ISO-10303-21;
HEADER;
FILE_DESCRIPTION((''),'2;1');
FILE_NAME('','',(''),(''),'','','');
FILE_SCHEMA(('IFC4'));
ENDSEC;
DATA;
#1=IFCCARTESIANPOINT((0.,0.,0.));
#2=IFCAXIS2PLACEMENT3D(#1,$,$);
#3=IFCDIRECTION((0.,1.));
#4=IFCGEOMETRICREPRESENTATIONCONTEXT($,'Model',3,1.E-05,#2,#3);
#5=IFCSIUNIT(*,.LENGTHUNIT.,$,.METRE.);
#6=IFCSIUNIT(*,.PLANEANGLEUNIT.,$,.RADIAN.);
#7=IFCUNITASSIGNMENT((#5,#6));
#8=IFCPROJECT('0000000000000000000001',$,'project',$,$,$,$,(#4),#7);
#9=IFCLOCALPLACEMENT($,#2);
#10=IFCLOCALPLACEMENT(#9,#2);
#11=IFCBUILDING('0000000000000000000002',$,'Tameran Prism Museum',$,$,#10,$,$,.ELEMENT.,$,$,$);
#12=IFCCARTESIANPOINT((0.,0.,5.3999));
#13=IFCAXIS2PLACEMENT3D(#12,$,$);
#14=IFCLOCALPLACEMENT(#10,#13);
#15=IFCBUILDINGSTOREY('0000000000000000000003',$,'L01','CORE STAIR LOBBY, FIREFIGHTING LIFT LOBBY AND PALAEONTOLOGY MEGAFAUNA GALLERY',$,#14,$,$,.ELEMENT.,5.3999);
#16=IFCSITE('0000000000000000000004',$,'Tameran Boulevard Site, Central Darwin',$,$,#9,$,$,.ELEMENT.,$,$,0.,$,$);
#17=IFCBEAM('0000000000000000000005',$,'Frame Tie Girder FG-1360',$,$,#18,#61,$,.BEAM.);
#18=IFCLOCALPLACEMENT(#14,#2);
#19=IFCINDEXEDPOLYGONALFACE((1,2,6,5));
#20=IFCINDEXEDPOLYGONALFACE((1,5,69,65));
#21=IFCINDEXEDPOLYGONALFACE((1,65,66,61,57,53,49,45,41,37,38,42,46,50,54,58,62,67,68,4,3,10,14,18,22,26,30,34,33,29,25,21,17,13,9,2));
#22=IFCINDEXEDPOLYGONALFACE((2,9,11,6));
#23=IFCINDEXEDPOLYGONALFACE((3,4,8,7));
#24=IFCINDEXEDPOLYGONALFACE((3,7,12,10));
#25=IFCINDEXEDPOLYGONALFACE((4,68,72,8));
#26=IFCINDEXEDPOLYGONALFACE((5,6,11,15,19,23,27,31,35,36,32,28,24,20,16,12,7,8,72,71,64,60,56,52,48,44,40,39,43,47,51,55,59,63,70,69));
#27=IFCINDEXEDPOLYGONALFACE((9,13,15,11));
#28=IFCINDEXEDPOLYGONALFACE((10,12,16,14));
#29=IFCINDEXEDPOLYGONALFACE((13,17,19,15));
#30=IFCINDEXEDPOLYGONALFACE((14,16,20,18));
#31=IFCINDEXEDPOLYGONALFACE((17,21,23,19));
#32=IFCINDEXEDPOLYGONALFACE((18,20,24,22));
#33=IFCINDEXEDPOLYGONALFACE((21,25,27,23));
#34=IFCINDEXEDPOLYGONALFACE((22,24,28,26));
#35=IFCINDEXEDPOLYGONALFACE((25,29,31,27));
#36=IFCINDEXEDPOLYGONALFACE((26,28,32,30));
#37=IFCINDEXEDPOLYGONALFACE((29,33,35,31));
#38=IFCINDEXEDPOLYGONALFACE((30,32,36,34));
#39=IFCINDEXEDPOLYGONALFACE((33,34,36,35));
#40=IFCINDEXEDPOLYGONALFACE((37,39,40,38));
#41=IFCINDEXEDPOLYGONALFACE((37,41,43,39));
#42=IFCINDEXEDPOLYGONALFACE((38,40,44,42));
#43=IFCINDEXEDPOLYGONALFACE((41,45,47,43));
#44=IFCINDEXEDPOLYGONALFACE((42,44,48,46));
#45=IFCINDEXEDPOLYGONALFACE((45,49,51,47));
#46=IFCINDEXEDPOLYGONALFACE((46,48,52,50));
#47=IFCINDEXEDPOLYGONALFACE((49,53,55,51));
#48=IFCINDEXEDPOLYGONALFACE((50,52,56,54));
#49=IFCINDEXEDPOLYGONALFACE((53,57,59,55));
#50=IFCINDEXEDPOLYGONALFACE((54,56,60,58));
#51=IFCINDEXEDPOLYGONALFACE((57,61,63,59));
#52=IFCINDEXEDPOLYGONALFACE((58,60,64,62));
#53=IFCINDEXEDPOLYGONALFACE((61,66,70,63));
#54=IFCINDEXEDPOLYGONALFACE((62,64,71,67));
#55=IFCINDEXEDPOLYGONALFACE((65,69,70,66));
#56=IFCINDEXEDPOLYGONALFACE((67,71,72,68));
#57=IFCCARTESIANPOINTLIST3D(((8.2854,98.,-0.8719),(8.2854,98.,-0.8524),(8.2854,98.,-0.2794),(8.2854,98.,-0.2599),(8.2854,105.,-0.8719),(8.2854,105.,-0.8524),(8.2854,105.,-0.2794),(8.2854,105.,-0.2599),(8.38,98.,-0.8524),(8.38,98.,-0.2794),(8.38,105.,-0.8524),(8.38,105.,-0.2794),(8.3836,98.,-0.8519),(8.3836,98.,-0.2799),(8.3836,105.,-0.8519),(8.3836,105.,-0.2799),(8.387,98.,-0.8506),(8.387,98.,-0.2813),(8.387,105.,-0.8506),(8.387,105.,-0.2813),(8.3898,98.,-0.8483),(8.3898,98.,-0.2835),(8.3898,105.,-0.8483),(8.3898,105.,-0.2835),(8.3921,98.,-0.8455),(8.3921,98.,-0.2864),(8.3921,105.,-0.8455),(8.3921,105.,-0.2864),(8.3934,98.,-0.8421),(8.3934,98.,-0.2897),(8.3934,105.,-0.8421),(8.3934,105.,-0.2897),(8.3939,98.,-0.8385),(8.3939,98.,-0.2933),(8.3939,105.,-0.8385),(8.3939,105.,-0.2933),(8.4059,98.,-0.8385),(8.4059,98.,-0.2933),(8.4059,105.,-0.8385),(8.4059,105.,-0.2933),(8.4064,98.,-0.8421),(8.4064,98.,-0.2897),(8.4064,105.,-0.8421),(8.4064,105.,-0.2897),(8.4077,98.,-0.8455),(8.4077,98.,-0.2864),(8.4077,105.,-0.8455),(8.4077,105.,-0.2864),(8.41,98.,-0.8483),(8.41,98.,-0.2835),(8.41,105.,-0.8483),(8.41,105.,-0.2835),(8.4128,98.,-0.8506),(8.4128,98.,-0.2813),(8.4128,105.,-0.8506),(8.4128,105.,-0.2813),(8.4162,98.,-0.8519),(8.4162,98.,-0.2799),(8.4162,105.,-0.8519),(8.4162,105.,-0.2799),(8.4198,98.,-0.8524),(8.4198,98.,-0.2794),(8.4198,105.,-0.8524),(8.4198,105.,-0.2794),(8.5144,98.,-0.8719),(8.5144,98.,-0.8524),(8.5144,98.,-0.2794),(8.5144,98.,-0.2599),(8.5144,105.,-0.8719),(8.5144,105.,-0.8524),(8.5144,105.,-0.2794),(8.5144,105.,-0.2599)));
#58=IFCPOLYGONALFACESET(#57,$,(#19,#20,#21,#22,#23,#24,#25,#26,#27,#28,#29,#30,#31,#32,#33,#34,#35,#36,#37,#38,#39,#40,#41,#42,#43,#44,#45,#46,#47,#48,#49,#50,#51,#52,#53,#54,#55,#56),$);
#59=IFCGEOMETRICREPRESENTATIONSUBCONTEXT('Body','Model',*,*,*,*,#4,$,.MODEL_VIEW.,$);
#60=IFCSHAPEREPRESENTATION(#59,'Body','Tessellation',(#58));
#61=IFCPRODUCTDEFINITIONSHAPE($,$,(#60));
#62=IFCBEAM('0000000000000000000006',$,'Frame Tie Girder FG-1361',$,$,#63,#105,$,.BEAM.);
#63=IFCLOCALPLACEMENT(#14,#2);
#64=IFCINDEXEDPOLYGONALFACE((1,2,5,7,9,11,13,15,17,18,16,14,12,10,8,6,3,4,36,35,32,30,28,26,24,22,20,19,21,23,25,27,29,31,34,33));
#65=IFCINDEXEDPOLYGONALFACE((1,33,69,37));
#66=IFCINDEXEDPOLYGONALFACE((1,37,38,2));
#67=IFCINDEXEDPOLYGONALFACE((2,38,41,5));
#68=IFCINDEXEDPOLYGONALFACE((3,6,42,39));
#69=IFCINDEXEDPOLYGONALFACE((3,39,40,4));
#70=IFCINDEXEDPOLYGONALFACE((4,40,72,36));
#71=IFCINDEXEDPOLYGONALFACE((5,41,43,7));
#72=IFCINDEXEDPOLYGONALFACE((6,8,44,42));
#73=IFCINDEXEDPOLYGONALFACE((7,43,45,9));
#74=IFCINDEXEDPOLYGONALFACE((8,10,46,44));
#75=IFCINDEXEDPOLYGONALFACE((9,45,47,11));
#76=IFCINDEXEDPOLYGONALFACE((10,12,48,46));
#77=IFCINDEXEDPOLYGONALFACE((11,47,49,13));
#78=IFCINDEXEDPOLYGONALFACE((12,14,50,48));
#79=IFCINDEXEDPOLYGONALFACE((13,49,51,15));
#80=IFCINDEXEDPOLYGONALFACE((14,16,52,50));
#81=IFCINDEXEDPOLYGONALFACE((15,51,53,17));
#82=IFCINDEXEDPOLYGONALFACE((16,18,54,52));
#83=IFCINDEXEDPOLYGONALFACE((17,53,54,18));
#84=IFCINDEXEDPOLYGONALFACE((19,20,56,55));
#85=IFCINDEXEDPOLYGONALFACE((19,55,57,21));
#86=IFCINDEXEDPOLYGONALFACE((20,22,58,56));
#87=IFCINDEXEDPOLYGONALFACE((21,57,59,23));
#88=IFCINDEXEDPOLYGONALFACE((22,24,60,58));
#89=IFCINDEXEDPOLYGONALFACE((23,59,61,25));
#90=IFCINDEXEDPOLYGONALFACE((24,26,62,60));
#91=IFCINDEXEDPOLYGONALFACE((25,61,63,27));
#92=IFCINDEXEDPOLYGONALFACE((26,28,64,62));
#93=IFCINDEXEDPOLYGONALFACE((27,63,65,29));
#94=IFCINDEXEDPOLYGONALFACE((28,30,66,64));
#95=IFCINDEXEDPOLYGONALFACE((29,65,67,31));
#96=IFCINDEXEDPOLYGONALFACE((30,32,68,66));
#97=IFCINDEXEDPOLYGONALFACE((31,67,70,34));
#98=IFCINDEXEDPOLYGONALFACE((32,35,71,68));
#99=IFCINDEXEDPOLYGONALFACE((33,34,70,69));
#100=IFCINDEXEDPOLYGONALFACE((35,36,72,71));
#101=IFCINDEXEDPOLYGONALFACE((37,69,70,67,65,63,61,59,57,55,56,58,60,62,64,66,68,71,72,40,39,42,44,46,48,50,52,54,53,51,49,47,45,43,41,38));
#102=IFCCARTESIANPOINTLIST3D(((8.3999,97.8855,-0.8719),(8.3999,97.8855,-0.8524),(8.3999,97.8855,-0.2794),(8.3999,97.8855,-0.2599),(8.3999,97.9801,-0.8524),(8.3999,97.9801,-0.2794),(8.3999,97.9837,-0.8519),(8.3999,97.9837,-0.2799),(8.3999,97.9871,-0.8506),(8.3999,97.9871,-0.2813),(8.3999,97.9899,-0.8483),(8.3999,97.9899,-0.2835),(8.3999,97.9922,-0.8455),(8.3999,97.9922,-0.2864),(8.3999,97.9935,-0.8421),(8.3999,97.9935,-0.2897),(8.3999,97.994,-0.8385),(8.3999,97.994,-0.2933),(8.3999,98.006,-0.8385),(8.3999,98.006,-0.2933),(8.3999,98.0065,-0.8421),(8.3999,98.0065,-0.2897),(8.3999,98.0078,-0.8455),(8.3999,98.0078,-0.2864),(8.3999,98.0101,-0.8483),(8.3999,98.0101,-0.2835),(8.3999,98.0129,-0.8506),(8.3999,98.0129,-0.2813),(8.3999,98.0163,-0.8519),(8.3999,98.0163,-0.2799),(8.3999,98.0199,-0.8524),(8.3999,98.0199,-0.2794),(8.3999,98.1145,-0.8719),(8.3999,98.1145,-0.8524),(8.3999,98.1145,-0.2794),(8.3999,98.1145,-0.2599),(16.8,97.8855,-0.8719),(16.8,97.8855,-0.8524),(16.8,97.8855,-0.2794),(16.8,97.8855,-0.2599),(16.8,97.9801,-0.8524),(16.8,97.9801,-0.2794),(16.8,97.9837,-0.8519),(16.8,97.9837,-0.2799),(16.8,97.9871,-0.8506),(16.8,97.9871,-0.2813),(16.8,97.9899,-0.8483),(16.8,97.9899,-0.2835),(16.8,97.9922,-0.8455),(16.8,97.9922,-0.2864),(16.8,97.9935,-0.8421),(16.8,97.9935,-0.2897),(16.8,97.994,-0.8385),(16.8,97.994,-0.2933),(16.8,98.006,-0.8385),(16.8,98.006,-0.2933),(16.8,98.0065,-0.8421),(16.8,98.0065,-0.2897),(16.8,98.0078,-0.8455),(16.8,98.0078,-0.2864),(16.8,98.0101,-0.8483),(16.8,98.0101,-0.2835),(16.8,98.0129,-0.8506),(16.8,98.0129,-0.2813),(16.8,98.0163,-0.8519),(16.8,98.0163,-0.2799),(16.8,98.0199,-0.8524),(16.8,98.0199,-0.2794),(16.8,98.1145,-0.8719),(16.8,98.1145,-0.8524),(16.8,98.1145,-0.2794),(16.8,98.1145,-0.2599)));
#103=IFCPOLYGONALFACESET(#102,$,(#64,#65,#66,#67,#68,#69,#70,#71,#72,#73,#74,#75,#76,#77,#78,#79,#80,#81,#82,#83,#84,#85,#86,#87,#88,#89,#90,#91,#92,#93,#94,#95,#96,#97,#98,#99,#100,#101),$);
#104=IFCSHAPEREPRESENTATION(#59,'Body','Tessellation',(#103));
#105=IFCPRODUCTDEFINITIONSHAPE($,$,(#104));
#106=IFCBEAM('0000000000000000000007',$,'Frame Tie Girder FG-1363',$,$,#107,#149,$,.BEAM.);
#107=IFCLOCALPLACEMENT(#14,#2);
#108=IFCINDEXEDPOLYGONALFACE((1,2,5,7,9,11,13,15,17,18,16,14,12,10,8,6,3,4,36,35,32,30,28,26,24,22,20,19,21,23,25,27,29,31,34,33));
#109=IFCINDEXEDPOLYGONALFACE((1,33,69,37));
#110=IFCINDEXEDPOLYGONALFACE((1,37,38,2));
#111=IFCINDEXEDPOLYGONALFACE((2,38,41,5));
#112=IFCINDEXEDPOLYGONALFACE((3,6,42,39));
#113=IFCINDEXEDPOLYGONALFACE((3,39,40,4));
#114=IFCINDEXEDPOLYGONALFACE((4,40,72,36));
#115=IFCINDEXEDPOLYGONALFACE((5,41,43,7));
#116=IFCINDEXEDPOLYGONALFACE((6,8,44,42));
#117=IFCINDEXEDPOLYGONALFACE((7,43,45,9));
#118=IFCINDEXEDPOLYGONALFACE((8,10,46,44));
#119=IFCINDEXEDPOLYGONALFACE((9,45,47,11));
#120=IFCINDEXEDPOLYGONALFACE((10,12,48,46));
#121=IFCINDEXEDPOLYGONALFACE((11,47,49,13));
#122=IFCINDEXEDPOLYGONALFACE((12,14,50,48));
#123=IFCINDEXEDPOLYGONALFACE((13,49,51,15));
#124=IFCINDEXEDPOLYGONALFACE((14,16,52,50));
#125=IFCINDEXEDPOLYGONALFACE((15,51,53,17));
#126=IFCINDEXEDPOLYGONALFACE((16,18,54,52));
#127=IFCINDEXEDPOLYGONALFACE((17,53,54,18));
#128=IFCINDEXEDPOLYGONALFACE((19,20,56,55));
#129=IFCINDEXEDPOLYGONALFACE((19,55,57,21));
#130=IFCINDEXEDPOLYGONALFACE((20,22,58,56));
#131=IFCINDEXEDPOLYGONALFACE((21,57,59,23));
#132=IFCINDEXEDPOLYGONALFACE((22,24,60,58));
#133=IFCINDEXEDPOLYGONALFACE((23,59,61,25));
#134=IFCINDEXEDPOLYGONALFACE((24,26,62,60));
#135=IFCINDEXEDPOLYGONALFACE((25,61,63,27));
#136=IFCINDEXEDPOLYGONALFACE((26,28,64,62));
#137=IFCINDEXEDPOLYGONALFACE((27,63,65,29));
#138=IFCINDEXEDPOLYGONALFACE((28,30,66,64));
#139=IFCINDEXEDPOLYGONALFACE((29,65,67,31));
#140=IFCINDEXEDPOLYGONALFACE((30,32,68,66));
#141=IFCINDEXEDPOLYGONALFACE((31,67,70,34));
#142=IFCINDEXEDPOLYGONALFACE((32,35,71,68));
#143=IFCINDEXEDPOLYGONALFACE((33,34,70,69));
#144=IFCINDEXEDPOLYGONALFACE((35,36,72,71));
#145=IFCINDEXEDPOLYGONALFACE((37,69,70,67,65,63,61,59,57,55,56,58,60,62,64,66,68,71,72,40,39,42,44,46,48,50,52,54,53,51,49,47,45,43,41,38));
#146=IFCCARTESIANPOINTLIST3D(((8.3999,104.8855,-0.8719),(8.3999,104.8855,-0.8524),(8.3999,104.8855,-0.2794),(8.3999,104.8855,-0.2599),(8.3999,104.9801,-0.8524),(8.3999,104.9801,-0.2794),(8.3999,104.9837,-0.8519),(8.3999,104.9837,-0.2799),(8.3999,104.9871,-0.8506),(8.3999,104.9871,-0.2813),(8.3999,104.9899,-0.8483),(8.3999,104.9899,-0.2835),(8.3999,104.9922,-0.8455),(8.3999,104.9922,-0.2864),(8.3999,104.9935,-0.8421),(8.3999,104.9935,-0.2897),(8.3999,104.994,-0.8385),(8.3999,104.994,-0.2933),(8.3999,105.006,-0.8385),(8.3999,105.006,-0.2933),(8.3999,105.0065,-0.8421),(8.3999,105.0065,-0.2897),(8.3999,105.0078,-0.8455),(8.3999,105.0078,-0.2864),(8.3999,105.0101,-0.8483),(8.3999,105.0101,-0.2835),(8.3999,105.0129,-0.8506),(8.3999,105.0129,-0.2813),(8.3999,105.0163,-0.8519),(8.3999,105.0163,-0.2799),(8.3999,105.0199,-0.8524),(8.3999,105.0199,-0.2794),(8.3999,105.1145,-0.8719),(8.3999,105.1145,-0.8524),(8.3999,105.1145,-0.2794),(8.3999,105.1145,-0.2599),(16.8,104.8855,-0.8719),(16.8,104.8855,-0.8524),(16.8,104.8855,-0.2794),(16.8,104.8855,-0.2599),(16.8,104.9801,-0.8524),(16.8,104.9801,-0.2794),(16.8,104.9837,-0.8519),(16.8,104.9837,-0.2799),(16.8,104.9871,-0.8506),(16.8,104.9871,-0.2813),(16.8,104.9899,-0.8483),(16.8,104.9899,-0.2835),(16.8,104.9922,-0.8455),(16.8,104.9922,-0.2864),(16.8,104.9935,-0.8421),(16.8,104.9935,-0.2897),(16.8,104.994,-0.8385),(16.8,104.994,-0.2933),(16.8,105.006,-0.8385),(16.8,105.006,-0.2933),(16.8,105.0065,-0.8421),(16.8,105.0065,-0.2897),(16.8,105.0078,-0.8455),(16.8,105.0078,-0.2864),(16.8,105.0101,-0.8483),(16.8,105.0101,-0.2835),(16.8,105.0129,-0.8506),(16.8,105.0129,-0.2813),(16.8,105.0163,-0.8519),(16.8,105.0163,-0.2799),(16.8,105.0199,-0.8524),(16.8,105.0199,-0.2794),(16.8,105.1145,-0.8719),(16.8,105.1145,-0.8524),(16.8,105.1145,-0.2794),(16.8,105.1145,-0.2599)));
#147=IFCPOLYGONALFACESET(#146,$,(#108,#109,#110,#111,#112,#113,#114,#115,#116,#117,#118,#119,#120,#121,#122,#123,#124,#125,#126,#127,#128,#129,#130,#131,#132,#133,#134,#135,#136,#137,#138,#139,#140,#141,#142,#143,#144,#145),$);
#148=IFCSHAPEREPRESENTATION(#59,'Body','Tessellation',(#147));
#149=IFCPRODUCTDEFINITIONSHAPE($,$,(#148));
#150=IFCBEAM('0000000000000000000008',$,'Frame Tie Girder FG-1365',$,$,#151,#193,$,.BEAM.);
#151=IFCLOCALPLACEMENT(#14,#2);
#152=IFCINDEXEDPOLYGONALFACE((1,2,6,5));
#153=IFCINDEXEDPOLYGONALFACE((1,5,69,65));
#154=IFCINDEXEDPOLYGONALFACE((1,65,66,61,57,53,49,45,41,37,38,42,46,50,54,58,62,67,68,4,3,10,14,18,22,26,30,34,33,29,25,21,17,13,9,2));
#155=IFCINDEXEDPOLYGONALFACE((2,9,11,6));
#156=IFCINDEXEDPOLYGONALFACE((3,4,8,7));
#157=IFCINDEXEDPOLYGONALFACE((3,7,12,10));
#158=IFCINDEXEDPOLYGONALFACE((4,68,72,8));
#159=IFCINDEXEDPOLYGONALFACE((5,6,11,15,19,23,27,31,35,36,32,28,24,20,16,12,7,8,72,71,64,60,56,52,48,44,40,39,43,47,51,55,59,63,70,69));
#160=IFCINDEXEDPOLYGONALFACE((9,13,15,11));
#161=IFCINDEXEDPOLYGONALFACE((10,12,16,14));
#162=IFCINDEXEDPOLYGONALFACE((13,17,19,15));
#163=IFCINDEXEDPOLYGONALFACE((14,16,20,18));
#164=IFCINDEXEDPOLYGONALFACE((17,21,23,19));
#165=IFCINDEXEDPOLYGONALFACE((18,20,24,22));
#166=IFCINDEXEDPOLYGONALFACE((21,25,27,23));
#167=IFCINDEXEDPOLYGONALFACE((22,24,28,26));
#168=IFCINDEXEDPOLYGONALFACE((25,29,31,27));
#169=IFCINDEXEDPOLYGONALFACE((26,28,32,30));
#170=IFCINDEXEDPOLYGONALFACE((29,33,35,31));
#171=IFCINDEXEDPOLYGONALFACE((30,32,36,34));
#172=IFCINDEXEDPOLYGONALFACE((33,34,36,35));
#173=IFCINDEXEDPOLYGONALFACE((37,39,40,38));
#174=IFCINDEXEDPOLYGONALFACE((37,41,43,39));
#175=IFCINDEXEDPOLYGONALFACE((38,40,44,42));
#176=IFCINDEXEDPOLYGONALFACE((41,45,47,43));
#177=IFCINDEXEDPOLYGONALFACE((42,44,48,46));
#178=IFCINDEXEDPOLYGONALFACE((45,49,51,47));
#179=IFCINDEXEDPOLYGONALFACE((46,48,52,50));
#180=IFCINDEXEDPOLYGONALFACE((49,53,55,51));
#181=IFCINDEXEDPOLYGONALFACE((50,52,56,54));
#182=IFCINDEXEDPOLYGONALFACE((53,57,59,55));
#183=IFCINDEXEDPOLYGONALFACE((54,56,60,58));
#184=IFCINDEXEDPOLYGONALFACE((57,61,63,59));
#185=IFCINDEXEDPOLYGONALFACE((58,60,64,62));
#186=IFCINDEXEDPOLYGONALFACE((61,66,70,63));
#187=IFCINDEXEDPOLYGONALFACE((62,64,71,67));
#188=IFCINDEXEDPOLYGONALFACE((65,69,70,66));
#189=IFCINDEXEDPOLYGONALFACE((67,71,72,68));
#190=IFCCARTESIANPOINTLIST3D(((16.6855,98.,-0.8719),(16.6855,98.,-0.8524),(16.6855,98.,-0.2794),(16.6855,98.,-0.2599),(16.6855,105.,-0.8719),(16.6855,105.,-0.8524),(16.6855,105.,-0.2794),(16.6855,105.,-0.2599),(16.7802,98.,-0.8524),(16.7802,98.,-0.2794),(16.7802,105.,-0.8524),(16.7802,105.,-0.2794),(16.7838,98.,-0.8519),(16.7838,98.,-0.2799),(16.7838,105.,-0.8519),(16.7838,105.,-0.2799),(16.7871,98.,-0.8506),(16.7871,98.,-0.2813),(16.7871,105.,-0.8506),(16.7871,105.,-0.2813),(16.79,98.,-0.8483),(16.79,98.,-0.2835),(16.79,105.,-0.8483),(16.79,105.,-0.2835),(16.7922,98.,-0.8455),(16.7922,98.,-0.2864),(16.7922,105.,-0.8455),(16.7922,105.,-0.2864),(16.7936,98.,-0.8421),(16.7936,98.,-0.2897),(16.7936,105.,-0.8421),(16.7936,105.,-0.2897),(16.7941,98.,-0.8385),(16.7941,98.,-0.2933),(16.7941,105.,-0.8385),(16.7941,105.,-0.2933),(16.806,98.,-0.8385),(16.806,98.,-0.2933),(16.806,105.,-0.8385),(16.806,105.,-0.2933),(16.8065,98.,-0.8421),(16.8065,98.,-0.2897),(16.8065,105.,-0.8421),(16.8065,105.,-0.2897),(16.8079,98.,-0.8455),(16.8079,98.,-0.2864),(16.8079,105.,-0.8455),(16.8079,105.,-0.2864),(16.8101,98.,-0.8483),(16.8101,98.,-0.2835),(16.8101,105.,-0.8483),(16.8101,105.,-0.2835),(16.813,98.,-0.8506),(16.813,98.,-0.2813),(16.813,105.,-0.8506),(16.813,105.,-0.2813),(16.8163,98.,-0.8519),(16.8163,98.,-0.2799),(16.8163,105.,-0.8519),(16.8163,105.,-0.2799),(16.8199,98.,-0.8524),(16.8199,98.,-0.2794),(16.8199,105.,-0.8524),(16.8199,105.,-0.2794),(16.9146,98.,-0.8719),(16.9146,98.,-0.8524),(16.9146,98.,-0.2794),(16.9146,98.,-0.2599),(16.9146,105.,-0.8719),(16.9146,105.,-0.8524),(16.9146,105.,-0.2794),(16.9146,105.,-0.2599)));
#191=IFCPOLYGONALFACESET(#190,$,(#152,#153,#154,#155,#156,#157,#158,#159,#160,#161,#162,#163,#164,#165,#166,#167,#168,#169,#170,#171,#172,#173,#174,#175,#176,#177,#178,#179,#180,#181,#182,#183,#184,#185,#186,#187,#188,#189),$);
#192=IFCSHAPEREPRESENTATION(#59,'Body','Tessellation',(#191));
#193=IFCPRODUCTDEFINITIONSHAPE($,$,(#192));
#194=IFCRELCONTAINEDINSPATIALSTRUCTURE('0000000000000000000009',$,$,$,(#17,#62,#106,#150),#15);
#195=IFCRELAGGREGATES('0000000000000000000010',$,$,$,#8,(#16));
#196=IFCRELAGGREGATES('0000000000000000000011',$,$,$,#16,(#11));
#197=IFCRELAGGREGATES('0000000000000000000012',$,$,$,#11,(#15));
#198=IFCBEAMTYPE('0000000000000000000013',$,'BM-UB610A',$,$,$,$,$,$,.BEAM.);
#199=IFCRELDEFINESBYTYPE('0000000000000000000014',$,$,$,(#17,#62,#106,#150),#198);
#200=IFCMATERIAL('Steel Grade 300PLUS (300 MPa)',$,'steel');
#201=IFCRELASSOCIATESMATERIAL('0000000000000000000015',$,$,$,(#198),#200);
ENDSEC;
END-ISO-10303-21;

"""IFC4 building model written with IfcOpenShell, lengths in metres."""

from ifc_helpers import new_model, si_unit, direction, frame, origin, origin_2d, place, context, subcontext, project, spatial, i_section, extrude, material, material_profile, profile_set, type_object, element, save


model = new_model("IFC4")

# Units and contexts
model_context = context("Model", 3, precision=1e-05, world=origin(), true_north=direction((0.0, 1.0)))
body_context = subcontext(model_context, "Body", "Model", "MODEL_VIEW")
ifc_project = project(units=[si_unit("LENGTHUNIT", "METRE"), si_unit("PLANEANGLEUNIT", "RADIAN")], contexts=[model_context])

# Site, building, storey
site_placement = place(None, origin())
site = spatial("IfcSite", under=ifc_project, at=site_placement, Name="Tameran Boulevard Site, Central Darwin", CompositionType="ELEMENT", RefElevation=0.0)
building_placement = place(site_placement, origin())
building = spatial("IfcBuilding", under=site, at=building_placement, Name="Tameran Prism Museum", CompositionType="ELEMENT")
storey_placement = place(building_placement, frame((0.0, 0.0, 5.3999)))
storey = spatial("IfcBuildingStorey", under=building, at=storey_placement, Name="L01", Description="CORE STAIR LOBBY, FIREFIGHTING LIFT LOBBY AND PALAEONTOLOGY MEGAFAUNA GALLERY", CompositionType="ELEMENT", Elevation=5.3999)

# Beams
ifc_material_1 = material(Name="Steel Grade 300PLUS (300 MPa)", Category="steel")
ifc_material_profile_1 = material_profile(ifc_material_1, i_section(OverallWidth=0.229, OverallDepth=0.6121, WebThickness=0.012, FlangeThickness=0.0195, FilletRadius=0.0139, at=origin_2d()))
ifc_profile_set_1 = profile_set([ifc_material_profile_1])
beam_type_1 = type_object("IfcBeamType", Name="BM-UB610A", PredefinedType="BEAM", material=ifc_profile_set_1)
beam_1_placement = place(storey_placement, frame((8.3999, 98.0, -0.5659), z_axis=(0.0, 1.0, 0.0), x_axis=(-1.0, 0.0, 0.0)))
element("IfcBeam", 1, at=beam_1_placement, inside=storey, type_object=beam_type_1, Name="Frame Tie Girder FG-1360", PredefinedType="BEAM", context=body_context, shape_type="SweptSolid", body=[
    extrude(i_section(OverallWidth=0.229, OverallDepth=0.6121, WebThickness=0.012, FlangeThickness=0.0195, FilletRadius=0.0139, at=origin_2d()), origin(), (0.0, 0.0, 1.0), 7.0),
])
for number, where, z_axis, x_axis, name in (
    (2, (8.3999, 98.0, -0.5659), (1.0, 0.0, 0.0), (0.0, 1.0, 0.0), "Frame Tie Girder FG-1361"),
    (3, (8.3999, 105.0, -0.5659), (1.0, 0.0, 0.0), (0.0, 1.0, 0.0), "Frame Tie Girder FG-1363"),
):
    element("IfcBeam", number, at=place(storey_placement, frame(where, z_axis=z_axis, x_axis=x_axis)), inside=storey, type_object=beam_type_1, Name=name, PredefinedType="BEAM", context=body_context, shape_type="SweptSolid", body=[
        extrude(i_section(OverallWidth=0.229, OverallDepth=0.6121, WebThickness=0.012, FlangeThickness=0.0195, FilletRadius=0.0139, at=origin_2d()), origin(), (0.0, 0.0, 1.0), 8.4001),
    ])
beam_2_placement = place(storey_placement, frame((16.8, 98.0, -0.5659), z_axis=(0.0, 1.0, 0.0), x_axis=(-1.0, 0.0, 0.0)))
element("IfcBeam", 4, at=beam_2_placement, inside=storey, type_object=beam_type_1, Name="Frame Tie Girder FG-1365", PredefinedType="BEAM", context=body_context, shape_type="SweptSolid", body=[
    extrude(i_section(OverallWidth=0.229, OverallDepth=0.6121, WebThickness=0.012, FlangeThickness=0.0195, FilletRadius=0.0139, at=origin_2d()), origin(), (0.0, 0.0, 1.0), 7.0),
])

save(model, "model.ifc")
